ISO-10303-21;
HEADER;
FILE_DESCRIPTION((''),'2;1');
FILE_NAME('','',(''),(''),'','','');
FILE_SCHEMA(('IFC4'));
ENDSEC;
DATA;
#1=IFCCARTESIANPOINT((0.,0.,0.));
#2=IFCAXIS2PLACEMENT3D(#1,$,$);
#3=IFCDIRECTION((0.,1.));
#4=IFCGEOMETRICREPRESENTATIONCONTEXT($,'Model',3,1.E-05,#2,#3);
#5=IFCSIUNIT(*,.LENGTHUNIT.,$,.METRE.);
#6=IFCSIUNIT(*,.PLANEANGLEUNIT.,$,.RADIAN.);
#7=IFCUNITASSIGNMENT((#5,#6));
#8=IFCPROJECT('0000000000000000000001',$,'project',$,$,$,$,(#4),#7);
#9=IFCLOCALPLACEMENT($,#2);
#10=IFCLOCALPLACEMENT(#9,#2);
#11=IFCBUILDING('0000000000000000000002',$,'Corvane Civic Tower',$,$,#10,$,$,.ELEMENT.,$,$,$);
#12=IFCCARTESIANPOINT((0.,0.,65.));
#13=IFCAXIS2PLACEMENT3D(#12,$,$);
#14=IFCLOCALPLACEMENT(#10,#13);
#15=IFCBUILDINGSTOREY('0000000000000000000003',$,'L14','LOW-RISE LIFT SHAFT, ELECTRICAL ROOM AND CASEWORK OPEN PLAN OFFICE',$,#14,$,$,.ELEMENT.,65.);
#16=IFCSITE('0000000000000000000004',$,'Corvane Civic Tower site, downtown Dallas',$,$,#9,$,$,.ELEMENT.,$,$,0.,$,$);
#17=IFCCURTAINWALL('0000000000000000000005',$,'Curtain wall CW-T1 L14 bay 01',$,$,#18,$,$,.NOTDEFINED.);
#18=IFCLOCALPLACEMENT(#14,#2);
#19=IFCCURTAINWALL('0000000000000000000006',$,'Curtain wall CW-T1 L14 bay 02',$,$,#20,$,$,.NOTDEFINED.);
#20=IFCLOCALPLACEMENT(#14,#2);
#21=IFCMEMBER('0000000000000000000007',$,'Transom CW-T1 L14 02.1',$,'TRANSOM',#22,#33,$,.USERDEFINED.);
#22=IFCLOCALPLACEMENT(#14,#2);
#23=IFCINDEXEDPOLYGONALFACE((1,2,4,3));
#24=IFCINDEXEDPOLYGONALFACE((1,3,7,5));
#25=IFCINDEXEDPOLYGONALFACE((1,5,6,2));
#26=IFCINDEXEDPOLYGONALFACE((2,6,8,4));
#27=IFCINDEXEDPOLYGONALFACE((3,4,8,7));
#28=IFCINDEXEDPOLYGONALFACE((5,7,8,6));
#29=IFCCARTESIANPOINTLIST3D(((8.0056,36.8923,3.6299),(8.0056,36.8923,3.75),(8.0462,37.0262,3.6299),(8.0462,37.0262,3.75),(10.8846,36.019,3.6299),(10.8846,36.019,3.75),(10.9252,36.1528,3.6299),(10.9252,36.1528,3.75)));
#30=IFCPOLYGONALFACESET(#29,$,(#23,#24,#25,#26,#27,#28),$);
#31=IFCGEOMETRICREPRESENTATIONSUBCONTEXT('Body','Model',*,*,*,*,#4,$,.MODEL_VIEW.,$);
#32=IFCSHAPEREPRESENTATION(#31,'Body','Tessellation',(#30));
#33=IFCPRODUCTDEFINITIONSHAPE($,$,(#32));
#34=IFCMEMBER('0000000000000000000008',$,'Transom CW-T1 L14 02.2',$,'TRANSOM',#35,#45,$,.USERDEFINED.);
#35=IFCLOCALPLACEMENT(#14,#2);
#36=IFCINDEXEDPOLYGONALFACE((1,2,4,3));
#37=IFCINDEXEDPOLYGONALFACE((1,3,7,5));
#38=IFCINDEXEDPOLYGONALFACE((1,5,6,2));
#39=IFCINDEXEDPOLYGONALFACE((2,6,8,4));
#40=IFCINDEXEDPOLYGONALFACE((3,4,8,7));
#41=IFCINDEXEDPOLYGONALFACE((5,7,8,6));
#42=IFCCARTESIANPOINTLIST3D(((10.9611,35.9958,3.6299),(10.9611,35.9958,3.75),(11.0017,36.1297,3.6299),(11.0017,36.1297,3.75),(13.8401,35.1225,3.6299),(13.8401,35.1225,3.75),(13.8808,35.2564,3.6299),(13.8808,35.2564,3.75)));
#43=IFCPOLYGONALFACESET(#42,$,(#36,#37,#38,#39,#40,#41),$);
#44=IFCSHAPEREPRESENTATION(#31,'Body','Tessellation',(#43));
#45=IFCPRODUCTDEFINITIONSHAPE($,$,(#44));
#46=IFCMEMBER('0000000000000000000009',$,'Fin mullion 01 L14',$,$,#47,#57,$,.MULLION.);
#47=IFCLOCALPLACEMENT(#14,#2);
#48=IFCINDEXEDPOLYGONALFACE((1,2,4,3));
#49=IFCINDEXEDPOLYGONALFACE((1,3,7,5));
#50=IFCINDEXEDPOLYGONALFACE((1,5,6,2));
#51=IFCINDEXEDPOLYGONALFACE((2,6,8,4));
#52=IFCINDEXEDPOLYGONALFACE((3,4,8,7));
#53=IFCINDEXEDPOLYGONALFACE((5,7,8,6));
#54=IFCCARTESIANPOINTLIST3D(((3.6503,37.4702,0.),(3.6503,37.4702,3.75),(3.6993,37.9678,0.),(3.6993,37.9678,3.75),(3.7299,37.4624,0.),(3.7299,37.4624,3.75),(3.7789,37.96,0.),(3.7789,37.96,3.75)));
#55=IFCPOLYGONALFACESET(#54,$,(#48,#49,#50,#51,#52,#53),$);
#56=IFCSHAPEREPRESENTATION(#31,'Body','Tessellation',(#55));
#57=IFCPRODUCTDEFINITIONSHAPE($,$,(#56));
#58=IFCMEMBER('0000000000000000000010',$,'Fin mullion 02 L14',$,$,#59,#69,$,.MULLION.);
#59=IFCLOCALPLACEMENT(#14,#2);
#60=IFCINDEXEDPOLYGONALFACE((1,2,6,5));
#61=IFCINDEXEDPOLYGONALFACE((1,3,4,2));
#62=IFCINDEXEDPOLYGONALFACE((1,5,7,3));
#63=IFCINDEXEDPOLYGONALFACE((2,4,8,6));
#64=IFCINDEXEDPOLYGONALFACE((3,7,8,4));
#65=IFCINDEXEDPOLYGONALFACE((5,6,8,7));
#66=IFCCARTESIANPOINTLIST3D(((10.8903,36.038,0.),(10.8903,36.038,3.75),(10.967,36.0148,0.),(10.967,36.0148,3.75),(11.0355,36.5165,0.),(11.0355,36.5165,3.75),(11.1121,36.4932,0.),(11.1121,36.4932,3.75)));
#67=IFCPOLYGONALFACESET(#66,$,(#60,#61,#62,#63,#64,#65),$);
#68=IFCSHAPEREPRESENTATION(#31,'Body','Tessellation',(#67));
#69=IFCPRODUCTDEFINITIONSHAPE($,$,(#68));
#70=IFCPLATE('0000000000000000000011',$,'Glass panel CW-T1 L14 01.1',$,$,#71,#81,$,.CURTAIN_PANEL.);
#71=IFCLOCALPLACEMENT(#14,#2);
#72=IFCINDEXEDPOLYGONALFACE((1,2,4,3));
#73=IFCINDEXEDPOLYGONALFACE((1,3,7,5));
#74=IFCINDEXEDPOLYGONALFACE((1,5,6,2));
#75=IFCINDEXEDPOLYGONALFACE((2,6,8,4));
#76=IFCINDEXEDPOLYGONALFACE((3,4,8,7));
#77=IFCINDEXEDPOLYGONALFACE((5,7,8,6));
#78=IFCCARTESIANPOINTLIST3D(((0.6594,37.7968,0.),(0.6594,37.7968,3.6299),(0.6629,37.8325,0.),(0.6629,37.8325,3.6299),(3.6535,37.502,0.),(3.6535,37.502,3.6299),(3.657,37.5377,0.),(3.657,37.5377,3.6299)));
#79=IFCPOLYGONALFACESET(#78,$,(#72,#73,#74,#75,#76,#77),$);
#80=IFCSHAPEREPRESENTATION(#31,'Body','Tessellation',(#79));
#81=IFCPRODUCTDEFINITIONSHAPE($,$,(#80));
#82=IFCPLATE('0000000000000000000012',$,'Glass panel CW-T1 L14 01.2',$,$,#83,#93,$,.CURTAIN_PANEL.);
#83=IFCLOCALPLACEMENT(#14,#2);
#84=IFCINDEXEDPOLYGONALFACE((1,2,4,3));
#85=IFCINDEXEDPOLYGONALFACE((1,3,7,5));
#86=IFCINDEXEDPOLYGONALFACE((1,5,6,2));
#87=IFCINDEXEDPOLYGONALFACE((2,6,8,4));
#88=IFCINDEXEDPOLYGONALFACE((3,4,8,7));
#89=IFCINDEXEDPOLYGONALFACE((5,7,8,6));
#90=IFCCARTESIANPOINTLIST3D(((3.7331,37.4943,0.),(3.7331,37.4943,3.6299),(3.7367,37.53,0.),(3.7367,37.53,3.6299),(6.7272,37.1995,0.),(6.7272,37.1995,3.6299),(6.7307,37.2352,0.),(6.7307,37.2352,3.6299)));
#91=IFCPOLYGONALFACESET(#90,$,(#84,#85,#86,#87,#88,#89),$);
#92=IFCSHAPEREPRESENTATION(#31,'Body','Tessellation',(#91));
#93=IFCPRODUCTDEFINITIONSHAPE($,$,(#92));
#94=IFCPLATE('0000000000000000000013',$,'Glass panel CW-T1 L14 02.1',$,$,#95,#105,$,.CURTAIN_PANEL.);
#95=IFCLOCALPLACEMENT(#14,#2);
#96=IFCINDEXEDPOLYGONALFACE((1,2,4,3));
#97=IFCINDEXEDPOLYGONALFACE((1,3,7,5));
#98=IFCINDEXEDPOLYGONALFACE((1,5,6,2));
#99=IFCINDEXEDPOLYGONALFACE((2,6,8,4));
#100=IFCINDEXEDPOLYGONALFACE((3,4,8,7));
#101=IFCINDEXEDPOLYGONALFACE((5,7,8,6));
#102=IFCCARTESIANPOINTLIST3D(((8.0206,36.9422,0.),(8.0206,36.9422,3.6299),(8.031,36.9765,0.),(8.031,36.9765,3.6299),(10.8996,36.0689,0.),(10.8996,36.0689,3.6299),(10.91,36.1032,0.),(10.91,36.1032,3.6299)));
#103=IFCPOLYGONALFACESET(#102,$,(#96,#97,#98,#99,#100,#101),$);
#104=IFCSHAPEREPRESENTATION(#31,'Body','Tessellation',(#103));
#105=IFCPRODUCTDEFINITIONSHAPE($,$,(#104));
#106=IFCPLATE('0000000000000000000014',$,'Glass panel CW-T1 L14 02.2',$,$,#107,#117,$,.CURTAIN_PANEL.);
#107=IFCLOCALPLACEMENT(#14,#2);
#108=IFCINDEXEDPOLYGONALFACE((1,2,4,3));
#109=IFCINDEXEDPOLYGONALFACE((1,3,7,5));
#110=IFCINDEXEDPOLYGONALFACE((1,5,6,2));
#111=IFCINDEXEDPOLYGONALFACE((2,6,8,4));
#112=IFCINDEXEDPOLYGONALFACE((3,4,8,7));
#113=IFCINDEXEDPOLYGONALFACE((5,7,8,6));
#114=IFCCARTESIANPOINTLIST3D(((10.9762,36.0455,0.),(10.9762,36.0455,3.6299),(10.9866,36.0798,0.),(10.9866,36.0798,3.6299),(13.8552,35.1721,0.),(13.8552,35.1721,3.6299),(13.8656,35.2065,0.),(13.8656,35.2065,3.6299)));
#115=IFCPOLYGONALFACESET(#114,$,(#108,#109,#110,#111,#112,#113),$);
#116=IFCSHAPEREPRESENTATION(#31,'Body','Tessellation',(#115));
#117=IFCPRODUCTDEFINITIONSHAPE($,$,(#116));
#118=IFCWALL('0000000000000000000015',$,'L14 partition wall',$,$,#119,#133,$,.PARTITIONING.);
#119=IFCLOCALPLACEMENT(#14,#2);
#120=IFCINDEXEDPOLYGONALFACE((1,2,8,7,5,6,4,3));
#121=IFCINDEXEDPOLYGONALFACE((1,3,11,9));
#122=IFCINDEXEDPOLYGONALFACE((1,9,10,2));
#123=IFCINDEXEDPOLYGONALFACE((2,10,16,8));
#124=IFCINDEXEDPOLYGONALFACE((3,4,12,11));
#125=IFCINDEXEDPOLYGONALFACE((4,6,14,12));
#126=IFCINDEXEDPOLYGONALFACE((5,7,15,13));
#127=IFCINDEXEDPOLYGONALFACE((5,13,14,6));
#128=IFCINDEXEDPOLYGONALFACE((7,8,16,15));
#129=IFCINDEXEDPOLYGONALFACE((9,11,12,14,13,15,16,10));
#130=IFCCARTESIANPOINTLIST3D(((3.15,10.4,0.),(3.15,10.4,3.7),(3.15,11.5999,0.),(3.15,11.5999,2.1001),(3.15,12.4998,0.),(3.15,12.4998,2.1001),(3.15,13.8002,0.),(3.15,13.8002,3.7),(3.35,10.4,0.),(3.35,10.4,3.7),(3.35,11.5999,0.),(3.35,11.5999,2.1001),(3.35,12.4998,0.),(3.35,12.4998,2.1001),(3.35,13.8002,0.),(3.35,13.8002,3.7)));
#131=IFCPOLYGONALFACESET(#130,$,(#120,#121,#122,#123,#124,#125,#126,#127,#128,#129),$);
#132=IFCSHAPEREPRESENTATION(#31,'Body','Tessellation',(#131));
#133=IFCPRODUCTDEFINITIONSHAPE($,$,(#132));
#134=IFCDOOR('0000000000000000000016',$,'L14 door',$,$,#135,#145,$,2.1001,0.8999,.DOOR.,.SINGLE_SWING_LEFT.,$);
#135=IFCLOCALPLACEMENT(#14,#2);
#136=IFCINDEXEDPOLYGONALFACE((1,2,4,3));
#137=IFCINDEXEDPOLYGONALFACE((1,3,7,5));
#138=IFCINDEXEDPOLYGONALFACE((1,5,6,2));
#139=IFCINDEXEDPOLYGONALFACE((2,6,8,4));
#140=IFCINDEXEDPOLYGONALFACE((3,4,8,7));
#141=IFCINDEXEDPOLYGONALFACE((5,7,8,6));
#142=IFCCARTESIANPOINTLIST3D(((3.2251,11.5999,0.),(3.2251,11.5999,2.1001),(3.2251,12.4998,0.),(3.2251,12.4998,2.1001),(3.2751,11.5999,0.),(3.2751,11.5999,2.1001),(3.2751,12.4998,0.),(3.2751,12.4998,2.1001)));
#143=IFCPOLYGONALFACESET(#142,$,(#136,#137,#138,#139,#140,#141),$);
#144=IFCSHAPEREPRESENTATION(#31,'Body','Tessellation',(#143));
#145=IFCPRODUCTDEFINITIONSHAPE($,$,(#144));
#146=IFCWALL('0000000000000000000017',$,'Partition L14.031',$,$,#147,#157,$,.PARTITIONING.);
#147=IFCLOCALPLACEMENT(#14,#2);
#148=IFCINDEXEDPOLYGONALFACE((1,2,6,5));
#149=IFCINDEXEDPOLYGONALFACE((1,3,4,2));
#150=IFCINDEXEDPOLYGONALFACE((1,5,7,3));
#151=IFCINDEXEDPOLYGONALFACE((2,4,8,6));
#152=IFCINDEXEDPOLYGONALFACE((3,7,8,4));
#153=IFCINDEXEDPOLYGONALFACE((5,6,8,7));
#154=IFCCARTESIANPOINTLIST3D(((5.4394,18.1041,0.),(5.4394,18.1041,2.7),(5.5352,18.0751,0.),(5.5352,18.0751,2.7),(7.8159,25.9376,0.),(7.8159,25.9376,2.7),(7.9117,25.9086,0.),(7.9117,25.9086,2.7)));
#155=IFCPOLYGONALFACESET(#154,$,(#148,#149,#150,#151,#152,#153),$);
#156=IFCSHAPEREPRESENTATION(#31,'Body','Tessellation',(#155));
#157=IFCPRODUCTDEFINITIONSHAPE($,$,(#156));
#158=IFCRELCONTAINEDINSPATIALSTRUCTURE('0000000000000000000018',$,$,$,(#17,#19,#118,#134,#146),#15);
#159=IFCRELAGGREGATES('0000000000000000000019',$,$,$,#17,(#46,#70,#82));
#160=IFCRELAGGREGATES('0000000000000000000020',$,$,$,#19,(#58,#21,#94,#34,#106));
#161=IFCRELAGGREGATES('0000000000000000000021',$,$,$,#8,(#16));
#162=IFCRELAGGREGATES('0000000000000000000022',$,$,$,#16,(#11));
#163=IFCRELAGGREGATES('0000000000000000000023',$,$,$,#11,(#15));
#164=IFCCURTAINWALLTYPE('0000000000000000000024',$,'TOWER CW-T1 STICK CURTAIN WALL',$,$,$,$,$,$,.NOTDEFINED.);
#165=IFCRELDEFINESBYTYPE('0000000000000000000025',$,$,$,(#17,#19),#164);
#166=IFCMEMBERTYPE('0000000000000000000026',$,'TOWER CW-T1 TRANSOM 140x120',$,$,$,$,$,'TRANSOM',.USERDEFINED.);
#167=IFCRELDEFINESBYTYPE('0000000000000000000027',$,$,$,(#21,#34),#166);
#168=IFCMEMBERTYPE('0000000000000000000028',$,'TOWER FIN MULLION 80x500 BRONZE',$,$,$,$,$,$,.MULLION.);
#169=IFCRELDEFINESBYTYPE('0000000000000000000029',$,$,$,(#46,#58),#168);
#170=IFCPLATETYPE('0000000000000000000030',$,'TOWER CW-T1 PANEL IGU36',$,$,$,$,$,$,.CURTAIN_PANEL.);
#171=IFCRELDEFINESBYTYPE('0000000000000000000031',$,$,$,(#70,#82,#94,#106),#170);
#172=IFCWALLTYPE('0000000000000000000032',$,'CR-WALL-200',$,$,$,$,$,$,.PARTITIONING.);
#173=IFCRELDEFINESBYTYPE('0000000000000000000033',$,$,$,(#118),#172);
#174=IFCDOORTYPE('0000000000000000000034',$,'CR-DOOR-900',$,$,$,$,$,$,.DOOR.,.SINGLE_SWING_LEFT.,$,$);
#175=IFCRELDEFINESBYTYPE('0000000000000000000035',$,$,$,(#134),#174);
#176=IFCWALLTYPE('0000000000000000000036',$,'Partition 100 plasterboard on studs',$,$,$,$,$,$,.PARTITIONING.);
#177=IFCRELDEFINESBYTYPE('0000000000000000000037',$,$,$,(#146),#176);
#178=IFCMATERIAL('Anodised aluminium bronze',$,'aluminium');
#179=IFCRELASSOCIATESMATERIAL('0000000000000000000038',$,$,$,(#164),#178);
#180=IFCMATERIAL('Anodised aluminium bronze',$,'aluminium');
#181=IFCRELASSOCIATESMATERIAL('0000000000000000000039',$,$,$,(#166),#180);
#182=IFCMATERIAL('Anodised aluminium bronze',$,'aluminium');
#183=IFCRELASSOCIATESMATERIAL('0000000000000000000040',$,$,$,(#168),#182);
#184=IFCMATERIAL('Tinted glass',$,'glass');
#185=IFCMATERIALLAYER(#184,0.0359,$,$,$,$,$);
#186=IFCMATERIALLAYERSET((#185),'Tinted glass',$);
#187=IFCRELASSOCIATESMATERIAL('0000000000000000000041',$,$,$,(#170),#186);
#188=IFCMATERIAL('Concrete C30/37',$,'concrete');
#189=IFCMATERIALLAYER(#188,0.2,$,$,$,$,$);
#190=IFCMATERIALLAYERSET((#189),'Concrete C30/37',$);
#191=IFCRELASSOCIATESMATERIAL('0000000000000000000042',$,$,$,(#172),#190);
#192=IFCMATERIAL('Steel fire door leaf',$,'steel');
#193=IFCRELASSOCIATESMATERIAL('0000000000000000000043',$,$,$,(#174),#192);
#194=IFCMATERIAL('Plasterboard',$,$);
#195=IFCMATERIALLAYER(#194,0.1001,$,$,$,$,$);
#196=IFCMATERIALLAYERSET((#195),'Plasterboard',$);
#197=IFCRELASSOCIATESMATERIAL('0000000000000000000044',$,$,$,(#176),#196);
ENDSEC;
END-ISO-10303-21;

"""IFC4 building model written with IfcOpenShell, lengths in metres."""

from ifc_helpers import new_model, si_unit, direction, frame, frame_2d, origin, origin_2d, place, context, subcontext, project, spatial, rectangle, extrude, material, layer, layer_set, material_profile, profile_set, type_object, element, fill, aggregate, save


model = new_model("IFC4")

# Units and contexts
model_context = context("Model", 3, precision=1e-05, world=origin(), true_north=direction((0.0, 1.0)))
body_context = subcontext(model_context, "Body", "Model", "MODEL_VIEW")
ifc_project = project(units=[si_unit("LENGTHUNIT", "METRE"), si_unit("PLANEANGLEUNIT", "RADIAN")], contexts=[model_context])

# Site, building, storey
site_placement = place(None, origin())
site = spatial("IfcSite", under=ifc_project, at=site_placement, Name="Corvane Civic Tower site, downtown Dallas", CompositionType="ELEMENT", RefElevation=0.0)
building_placement = place(site_placement, origin())
building = spatial("IfcBuilding", under=site, at=building_placement, Name="Corvane Civic Tower", CompositionType="ELEMENT")
storey_placement = place(building_placement, frame((0.0, 0.0, 65.0)))
storey = spatial("IfcBuildingStorey", under=building, at=storey_placement, Name="L14", Description="LOW-RISE LIFT SHAFT, ELECTRICAL ROOM AND CASEWORK OPEN PLAN OFFICE", CompositionType="ELEMENT", Elevation=65.0)

# Curtain walls, members
ifc_material_1 = material(Name="Anodised aluminium bronze", Category="aluminium")
curtain_wall_type = type_object("IfcCurtainWallType", Name="TOWER CW-T1 STICK CURTAIN WALL", PredefinedType="NOTDEFINED", material=ifc_material_1)
curtain_wall_1_placement = place(storey_placement, origin())
curtain_wall_1 = element("IfcCurtainWall", 1, at=curtain_wall_1_placement, inside=storey, type_object=curtain_wall_type, Name="Curtain wall CW-T1 L14 bay 01", PredefinedType="NOTDEFINED")
ifc_material_2 = material(Name="Anodised aluminium bronze", Category="aluminium")
ifc_material_profile_1 = material_profile(ifc_material_2, rectangle(XDim=0.1399, YDim=0.1201, at=origin_2d()), Name="TOWER CW-T1 TRANSOM 140x120")
ifc_profile_set_1 = profile_set([ifc_material_profile_1], Name="Anodised aluminium bronze")
member_type_1 = type_object("IfcMemberType", Name="TOWER CW-T1 TRANSOM 140x120", ElementType="TRANSOM", PredefinedType="USERDEFINED", material=ifc_profile_set_1)
curtain_wall_2_placement = place(storey_placement, origin())
curtain_wall_2 = element("IfcCurtainWall", 2, at=curtain_wall_2_placement, inside=storey, type_object=curtain_wall_type, Name="Curtain wall CW-T1 L14 bay 02", PredefinedType="NOTDEFINED")
member_1_placement = place(storey_placement, frame((8.0259, 36.9592, 3.6899), z_axis=(0.956942, -0.29028, 0.0), x_axis=(0.29028, 0.956942, 0.0)))
member_1 = element("IfcMember", 3, at=member_1_placement, type_object=member_type_1, Name="Transom CW-T1 L14 02.1", ObjectType="TRANSOM", PredefinedType="USERDEFINED", context=body_context, shape_type="SweptSolid", body=[
    extrude(rectangle(XDim=0.1399, YDim=0.1201, at=origin_2d()), origin(), (0.0, 0.0, 1.0), 3.0085),
])
member_2_placement = place(storey_placement, frame((10.9814, 36.0627, 3.6899), z_axis=(0.956942, -0.29028, 0.0), x_axis=(0.29028, 0.956942, 0.0)))
member_2 = element("IfcMember", 4, at=member_2_placement, type_object=member_type_1, Name="Transom CW-T1 L14 02.2", ObjectType="TRANSOM", PredefinedType="USERDEFINED", context=body_context, shape_type="SweptSolid", body=[
    extrude(rectangle(XDim=0.1399, YDim=0.1201, at=origin_2d()), origin(), (0.0, 0.0, 1.0), 3.0085),
])

# Members
ifc_material_3 = material(Name="Anodised aluminium bronze", Category="aluminium")
ifc_material_profile_2 = material_profile(ifc_material_3, rectangle(XDim=0.0801, YDim=0.5, at=origin_2d()), Name="TOWER FIN MULLION 80x500 BRONZE")
ifc_profile_set_2 = profile_set([ifc_material_profile_2], Name="Anodised aluminium bronze")
member_type_2 = type_object("IfcMemberType", Name="TOWER FIN MULLION 80x500 BRONZE", PredefinedType="MULLION", material=ifc_profile_set_2)
member_3_placement = place(storey_placement, frame((3.7146, 37.7151, 0.0), z_axis=(0.0, 0.0, 1.0), x_axis=(0.995186, -0.098006, 0.0)))
member_3 = element("IfcMember", 5, at=member_3_placement, type_object=member_type_2, Name="Fin mullion 01 L14", PredefinedType="MULLION", context=body_context, shape_type="SweptSolid", body=[
    extrude(rectangle(XDim=0.0801, YDim=0.5, at=origin_2d()), origin(), (0.0, 0.0, 1.0), 3.75),
])
member_4_placement = place(storey_placement, frame((11.0012, 36.2656, 0.0), z_axis=(0.0, 0.0, 1.0), x_axis=(0.956942, -0.290278, 0.0)))
member_4 = element("IfcMember", 6, at=member_4_placement, type_object=member_type_2, Name="Fin mullion 02 L14", PredefinedType="MULLION", context=body_context, shape_type="SweptSolid", body=[
    extrude(rectangle(XDim=0.0801, YDim=0.5, at=origin_2d()), origin(), (0.0, 0.0, 1.0), 3.75),
])

# Plates
ifc_material_4 = material(Name="Tinted glass", Category="glass")
ifc_layer_1 = layer(ifc_material_4, 0.0359)
ifc_layer_set_1 = layer_set([ifc_layer_1], Name="Tinted glass")
plate_type = type_object("IfcPlateType", Name="TOWER CW-T1 PANEL IGU36", PredefinedType="CURTAIN_PANEL", material=ifc_layer_set_1)
plate_1_placement = place(storey_placement, frame((2.1582, 37.6672, 0.0), z_axis=(0.0, 0.0, 1.0), x_axis=(0.995186, -0.098006, 0.0)))
plate_1 = element("IfcPlate", 7, at=plate_1_placement, type_object=plate_type, Name="Glass panel CW-T1 L14 01.1", PredefinedType="CURTAIN_PANEL", context=body_context, shape_type="SweptSolid", body=[
    extrude(rectangle(XDim=3.0085, YDim=0.0359, at=origin_2d()), origin(), (0.0, 0.0, 1.0), 3.6299),
])
plate_2_placement = place(storey_placement, frame((5.2319, 37.3647, 0.0), z_axis=(0.0, 0.0, 1.0), x_axis=(0.995186, -0.098006, 0.0)))
plate_2 = element("IfcPlate", 8, at=plate_2_placement, type_object=plate_type, Name="Glass panel CW-T1 L14 01.2", PredefinedType="CURTAIN_PANEL", context=body_context, shape_type="SweptSolid", body=[
    extrude(rectangle(XDim=3.0085, YDim=0.0359, at=origin_2d()), origin(), (0.0, 0.0, 1.0), 3.6299),
])
aggregate(curtain_wall_1, [member_3, plate_1, plate_2])
plate_3_placement = place(storey_placement, frame((9.4653, 36.5227, 0.0), z_axis=(0.0, 0.0, 1.0), x_axis=(0.956942, -0.290278, 0.0)))
plate_3 = element("IfcPlate", 9, at=plate_3_placement, type_object=plate_type, Name="Glass panel CW-T1 L14 02.1", PredefinedType="CURTAIN_PANEL", context=body_context, shape_type="SweptSolid", body=[
    extrude(rectangle(XDim=3.0085, YDim=0.0359, at=origin_2d()), origin(), (0.0, 0.0, 1.0), 3.6299),
])
plate_4_placement = place(storey_placement, frame((12.4209, 35.626, 0.0), z_axis=(0.0, 0.0, 1.0), x_axis=(0.956942, -0.290278, 0.0)))
plate_4 = element("IfcPlate", 10, at=plate_4_placement, type_object=plate_type, Name="Glass panel CW-T1 L14 02.2", PredefinedType="CURTAIN_PANEL", context=body_context, shape_type="SweptSolid", body=[
    extrude(rectangle(XDim=3.0085, YDim=0.0359, at=origin_2d()), origin(), (0.0, 0.0, 1.0), 3.6299),
])
aggregate(curtain_wall_2, [member_4, member_1, plate_3, member_2, plate_4])

# Wall, opening, door
ifc_material_5 = material(Name="Concrete C30/37", Category="concrete")
ifc_layer_2 = layer(ifc_material_5, 0.2)
ifc_layer_set_2 = layer_set([ifc_layer_2], Name="Concrete C30/37")
wall_type_1 = type_object("IfcWallType", Name="CR-WALL-200", PredefinedType="PARTITIONING", material=ifc_layer_set_2)
wall_1_placement = place(storey_placement, frame((3.25, 10.3999, 0.0), z_axis=(0.0, 0.0, 1.0), x_axis=(0.0, 1.0, 0.0)))
wall_1 = element("IfcWall", 11, at=wall_1_placement, inside=storey, type_object=wall_type_1, Name="L14 partition wall", PredefinedType="PARTITIONING", context=body_context, shape_type="SweptSolid", body=[
    extrude(rectangle(XDim=3.4001, YDim=0.2, at=frame_2d((1.7002, 0.0))), origin(), (0.0, 0.0, 1.0), 3.7),
])
opening_1_placement = place(wall_1_placement, frame((1.2, 0.0, 0.0)))
opening_1 = element("IfcOpeningElement", 12, at=opening_1_placement, cuts=wall_1, PredefinedType="OPENING", context=body_context, shape_type="SweptSolid", body=[
    extrude(rectangle(XDim=0.8999, YDim=2.1001, at=frame_2d((0.45, 1.05))), frame((0.0, 0.1099, 0.0), z_axis=(0.0, -1.0, 0.0), x_axis=(1.0, 0.0, 0.0)), (0.0, 0.0, 1.0), 0.22),
])
ifc_material_6 = material(Name="Steel fire door leaf", Category="steel")
door_type_1 = type_object("IfcDoorType", Name="CR-DOOR-900", OperationType="SINGLE_SWING_LEFT", PredefinedType="DOOR", material=ifc_material_6)
door_1_placement = place(opening_1_placement, origin())
door_1 = element("IfcDoor", 13, at=door_1_placement, inside=storey, type_object=door_type_1, Name="L14 door", OperationType="SINGLE_SWING_LEFT", OverallHeight=2.1001, OverallWidth=0.8999, PredefinedType="DOOR", context=body_context, shape_type="SweptSolid", body=[
    extrude(rectangle(XDim=0.8999, YDim=2.1001, at=frame_2d((0.45, 1.05))), frame((0.0, 0.0249, 0.0), z_axis=(0.0, -1.0, 0.0), x_axis=(1.0, 0.0, 0.0)), (0.0, 0.0, 1.0), 0.05),
])
fill(opening_1, door_1)

# Wall
ifc_material_7 = material(Name="Plasterboard")
ifc_layer_3 = layer(ifc_material_7, 0.1001)
ifc_layer_set_3 = layer_set([ifc_layer_3], Name="Plasterboard")
wall_type_2 = type_object("IfcWallType", Name="Partition 100 plasterboard on studs", PredefinedType="PARTITIONING", material=ifc_layer_set_3)
wall_2_placement = place(storey_placement, frame((5.4873, 18.0896, 0.0), z_axis=(0.0, 0.0, 1.0), x_axis=(0.290307, 0.956934, 0.0)))
element("IfcWall", 14, at=wall_2_placement, inside=storey, type_object=wall_type_2, Name="Partition L14.031", PredefinedType="PARTITIONING", context=body_context, shape_type="SweptSolid", body=[
    extrude(rectangle(XDim=8.186, YDim=0.1001, at=frame_2d((4.093, 0.0))), origin(), (0.0, 0.0, 1.0), 2.7),
])

save(model, "model.ifc")
